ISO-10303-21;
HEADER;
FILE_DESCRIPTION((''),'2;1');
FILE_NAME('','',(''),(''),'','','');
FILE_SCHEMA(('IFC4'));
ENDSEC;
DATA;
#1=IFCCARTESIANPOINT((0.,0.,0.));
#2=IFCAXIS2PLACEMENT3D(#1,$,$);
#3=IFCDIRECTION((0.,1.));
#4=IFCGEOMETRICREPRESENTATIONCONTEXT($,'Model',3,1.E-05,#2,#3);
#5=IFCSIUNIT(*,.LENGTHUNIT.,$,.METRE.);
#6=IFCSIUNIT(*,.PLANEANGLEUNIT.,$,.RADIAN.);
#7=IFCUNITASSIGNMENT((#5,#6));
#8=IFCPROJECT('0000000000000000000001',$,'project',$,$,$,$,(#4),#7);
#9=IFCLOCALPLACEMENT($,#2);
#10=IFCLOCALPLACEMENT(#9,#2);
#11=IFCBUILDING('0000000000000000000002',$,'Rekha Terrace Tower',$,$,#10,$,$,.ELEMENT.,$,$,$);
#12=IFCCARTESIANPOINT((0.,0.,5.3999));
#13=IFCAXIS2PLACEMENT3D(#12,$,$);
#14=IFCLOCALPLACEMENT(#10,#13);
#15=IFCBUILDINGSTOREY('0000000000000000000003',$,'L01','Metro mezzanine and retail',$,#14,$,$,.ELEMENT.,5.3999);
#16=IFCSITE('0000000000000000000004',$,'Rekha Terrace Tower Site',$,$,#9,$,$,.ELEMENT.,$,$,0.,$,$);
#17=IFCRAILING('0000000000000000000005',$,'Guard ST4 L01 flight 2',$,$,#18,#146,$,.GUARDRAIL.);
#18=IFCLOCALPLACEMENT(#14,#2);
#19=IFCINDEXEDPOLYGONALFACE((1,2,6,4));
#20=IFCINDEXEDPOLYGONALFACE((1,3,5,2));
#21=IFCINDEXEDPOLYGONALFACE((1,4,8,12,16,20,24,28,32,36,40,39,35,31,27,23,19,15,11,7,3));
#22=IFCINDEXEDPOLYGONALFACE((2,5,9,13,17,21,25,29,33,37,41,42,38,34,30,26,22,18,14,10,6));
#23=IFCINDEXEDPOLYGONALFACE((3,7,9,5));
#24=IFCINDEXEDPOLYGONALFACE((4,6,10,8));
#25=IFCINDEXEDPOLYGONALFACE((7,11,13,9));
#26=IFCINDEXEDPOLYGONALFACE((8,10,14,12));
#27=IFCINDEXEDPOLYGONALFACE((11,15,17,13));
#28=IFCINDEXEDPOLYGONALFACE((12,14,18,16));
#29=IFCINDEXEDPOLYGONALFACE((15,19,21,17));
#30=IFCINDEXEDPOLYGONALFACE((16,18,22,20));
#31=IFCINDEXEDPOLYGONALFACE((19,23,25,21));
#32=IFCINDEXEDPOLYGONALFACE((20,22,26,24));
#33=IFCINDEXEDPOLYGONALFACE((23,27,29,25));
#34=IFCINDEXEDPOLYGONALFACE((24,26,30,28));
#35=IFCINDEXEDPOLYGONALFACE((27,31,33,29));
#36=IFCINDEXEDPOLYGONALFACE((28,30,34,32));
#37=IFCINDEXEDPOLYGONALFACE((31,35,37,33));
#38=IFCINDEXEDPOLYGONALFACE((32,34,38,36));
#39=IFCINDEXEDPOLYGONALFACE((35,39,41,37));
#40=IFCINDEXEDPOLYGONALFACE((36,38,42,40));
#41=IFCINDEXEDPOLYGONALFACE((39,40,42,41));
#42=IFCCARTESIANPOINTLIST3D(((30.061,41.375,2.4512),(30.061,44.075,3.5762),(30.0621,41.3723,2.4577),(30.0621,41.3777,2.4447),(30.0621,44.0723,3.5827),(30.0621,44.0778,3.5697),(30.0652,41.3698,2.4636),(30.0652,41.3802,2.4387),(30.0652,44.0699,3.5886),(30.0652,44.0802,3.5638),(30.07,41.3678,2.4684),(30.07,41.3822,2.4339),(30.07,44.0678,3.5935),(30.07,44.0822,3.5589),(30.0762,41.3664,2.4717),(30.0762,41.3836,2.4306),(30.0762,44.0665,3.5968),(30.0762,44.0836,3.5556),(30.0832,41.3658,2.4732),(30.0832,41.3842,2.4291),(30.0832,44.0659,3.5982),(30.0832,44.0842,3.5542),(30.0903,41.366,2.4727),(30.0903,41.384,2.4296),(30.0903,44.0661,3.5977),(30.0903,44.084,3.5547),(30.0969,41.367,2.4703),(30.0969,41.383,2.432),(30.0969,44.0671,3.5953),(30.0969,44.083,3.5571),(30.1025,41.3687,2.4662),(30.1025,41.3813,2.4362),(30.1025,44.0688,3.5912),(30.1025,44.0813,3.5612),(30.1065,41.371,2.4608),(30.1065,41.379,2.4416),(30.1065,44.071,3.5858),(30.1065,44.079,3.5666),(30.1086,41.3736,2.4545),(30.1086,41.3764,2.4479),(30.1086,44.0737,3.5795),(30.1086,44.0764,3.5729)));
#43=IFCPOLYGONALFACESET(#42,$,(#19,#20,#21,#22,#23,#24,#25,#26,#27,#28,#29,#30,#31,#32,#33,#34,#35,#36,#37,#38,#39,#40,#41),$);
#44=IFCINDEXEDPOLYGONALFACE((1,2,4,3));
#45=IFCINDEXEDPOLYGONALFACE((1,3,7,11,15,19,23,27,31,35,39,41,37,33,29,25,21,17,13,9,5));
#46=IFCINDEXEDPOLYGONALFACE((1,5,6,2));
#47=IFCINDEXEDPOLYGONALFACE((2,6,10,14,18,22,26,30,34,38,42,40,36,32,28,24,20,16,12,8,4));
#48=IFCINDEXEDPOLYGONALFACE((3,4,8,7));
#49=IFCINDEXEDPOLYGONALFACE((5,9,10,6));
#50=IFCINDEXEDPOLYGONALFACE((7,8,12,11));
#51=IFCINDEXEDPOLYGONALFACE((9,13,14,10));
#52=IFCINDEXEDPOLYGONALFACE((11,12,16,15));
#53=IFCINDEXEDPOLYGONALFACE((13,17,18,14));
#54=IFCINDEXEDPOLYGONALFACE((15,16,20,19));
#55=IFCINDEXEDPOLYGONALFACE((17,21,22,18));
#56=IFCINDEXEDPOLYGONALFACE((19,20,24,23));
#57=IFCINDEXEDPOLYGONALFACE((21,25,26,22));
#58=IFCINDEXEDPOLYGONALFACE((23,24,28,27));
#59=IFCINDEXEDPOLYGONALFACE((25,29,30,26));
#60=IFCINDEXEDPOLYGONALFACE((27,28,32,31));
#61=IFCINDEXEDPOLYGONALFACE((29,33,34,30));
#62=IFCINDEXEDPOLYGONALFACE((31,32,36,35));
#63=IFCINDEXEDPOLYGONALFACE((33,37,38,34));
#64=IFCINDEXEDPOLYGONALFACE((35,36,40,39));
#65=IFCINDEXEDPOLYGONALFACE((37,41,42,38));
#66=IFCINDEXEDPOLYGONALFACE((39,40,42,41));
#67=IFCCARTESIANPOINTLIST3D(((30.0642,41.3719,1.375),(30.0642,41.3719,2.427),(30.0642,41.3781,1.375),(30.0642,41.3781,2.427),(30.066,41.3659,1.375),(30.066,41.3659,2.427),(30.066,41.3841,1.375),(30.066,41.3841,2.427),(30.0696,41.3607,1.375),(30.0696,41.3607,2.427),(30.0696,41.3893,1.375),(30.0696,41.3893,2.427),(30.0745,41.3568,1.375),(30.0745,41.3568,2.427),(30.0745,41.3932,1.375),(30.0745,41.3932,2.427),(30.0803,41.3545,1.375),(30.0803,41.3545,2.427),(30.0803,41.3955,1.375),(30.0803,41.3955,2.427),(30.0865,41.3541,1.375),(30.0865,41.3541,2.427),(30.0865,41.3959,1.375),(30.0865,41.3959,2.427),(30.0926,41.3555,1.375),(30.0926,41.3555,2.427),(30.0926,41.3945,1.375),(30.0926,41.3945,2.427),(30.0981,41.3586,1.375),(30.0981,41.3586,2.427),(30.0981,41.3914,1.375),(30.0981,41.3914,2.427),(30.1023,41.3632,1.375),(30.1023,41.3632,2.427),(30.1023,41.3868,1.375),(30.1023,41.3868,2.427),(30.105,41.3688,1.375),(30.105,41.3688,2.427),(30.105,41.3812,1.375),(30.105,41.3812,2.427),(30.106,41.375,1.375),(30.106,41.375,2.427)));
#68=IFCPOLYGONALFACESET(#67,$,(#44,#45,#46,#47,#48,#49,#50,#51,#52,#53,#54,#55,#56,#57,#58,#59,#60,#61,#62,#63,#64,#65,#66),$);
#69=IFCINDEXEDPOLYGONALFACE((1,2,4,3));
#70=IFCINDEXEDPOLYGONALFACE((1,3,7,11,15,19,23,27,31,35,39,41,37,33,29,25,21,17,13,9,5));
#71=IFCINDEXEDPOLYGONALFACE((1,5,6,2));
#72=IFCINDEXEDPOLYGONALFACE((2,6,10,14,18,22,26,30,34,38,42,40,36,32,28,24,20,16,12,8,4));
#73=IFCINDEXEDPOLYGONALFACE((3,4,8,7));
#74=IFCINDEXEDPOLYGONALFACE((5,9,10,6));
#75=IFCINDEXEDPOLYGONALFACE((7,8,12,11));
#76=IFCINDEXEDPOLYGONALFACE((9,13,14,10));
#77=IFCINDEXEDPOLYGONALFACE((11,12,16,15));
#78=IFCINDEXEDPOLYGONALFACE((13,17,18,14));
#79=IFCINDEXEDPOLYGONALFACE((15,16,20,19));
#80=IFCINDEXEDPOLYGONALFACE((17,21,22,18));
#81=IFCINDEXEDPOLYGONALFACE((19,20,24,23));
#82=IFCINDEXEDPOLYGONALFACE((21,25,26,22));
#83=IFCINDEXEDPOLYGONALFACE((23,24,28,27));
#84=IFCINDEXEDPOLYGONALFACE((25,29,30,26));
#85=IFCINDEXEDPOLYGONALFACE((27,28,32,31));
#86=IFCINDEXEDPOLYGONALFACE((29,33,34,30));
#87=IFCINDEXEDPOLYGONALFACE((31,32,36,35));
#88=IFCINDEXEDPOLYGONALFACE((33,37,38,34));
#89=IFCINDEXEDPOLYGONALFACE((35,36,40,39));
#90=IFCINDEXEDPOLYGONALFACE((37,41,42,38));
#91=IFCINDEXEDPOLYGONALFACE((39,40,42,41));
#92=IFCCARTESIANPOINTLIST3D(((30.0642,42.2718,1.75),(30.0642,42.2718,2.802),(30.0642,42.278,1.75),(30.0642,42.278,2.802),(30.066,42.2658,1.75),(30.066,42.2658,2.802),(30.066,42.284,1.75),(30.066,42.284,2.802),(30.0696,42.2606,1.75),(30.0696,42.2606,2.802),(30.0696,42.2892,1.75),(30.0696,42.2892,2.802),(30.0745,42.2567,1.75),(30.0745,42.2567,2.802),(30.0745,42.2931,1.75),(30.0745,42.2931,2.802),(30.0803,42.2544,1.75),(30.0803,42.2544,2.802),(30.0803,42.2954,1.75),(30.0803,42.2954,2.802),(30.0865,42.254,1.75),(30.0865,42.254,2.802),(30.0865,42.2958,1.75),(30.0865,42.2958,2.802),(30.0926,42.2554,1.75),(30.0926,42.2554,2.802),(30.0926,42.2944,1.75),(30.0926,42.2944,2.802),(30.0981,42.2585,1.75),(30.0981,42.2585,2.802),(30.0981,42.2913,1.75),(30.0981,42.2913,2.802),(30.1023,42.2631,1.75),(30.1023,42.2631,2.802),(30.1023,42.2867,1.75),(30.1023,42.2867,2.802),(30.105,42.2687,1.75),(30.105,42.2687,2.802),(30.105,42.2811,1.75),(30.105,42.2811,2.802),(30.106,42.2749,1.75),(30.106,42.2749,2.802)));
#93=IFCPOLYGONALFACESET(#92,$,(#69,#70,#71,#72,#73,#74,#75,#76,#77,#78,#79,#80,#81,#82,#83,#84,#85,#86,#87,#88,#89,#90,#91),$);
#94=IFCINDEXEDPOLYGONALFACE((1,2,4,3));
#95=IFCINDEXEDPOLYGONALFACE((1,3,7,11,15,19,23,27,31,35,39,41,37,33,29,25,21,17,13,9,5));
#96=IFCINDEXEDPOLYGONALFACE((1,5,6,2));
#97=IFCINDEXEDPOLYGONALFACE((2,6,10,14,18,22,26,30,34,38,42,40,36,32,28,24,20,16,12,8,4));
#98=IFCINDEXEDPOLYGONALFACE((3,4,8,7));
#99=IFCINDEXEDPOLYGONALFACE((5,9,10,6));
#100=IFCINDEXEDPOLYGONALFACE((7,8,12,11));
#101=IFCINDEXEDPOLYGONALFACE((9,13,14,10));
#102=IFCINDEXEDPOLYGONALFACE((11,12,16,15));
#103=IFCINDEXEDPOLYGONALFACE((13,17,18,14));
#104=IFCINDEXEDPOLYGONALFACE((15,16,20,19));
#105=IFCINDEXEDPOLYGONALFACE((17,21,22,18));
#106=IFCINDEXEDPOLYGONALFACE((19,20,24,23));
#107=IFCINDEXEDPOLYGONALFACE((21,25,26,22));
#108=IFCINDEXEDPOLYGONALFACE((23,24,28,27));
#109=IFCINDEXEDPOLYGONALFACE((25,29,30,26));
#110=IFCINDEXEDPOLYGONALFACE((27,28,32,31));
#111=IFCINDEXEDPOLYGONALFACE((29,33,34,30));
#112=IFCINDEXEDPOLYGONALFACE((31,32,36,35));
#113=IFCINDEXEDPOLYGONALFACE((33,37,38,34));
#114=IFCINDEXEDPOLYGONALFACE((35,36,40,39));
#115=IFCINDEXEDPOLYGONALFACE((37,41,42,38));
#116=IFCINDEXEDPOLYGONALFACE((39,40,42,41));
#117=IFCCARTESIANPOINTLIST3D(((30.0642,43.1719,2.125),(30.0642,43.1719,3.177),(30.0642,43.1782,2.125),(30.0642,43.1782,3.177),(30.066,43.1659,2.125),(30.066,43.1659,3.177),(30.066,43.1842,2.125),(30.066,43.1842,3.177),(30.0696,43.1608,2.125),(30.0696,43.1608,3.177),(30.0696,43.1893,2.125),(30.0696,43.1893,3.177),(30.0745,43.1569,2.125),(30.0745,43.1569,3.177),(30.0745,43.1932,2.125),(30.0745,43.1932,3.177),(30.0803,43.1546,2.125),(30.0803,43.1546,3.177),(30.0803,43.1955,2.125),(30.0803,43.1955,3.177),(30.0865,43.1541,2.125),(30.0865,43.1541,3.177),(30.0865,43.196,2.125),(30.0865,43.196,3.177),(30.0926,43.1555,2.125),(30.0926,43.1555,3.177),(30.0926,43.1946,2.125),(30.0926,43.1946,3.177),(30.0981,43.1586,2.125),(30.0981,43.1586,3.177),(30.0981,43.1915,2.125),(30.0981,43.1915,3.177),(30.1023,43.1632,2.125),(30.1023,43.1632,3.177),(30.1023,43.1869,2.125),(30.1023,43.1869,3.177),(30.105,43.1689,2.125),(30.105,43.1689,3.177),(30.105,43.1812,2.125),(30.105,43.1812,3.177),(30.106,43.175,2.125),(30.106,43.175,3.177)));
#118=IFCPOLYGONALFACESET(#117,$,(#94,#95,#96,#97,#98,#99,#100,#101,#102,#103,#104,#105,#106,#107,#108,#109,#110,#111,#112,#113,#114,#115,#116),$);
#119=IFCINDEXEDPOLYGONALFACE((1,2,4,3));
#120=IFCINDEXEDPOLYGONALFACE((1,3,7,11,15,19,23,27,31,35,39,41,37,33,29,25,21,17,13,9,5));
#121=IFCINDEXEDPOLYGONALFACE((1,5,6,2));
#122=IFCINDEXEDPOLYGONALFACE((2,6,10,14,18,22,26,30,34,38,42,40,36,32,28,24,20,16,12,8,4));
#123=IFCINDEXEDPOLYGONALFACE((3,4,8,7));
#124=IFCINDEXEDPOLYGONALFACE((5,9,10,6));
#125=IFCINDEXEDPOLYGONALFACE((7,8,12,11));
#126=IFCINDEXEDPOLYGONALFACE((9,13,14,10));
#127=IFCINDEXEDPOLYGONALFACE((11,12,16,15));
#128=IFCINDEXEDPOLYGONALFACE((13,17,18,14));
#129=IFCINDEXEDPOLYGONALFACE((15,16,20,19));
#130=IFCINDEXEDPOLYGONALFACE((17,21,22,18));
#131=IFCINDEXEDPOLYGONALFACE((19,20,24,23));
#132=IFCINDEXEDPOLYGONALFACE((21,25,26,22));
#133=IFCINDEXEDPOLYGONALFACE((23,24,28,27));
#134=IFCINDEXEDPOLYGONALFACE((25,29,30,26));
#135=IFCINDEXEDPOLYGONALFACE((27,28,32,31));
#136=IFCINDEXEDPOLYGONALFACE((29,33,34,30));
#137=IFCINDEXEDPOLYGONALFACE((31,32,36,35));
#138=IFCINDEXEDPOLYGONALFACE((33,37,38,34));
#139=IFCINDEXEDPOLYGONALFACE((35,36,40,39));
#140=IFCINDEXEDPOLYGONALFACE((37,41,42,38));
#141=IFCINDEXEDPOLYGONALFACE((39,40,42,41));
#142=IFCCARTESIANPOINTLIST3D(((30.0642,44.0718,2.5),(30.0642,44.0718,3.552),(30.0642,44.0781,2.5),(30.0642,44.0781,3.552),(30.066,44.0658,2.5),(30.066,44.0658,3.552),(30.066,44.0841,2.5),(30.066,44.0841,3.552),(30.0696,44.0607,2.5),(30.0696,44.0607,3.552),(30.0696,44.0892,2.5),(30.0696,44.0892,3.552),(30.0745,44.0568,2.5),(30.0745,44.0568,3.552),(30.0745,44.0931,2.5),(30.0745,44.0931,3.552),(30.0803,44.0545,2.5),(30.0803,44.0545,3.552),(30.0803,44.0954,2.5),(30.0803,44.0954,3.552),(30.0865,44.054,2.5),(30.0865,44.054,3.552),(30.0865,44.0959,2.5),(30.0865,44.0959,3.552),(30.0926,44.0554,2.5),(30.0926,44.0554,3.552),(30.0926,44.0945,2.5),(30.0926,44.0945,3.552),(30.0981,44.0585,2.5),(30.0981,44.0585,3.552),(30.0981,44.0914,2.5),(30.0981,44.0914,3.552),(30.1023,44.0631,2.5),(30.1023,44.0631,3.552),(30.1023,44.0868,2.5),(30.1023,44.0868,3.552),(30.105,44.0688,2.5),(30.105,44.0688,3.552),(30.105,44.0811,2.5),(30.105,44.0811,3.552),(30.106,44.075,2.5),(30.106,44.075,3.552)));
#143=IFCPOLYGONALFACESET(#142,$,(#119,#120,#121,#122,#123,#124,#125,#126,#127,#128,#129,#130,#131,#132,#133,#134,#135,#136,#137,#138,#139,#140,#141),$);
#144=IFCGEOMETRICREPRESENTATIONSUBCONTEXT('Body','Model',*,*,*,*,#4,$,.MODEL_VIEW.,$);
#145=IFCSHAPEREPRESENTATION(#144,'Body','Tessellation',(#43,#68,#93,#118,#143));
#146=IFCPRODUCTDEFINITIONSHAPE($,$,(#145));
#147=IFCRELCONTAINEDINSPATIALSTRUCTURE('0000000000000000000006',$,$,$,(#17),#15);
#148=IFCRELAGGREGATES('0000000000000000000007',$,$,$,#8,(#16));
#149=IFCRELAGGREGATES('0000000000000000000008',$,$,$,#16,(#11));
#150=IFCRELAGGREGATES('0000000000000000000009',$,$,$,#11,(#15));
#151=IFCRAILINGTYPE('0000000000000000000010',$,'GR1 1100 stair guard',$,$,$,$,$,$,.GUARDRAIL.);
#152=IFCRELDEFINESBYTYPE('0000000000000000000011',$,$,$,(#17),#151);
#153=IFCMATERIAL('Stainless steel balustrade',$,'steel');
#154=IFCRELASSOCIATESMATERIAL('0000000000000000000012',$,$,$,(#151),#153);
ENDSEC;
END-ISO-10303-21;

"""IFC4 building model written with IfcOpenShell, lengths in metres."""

from ifc_helpers import new_model, si_unit, direction, frame, origin, origin_2d, place, context, subcontext, project, spatial, circle, extrude, material, type_object, element, save


model = new_model("IFC4")

# Units and contexts
model_context = context("Model", 3, precision=1e-05, world=origin(), true_north=direction((0.0, 1.0)))
body_context = subcontext(model_context, "Body", "Model", "MODEL_VIEW")
ifc_project = project(units=[si_unit("LENGTHUNIT", "METRE"), si_unit("PLANEANGLEUNIT", "RADIAN")], contexts=[model_context])

# Site, building, storey
site_placement = place(None, origin())
site = spatial("IfcSite", under=ifc_project, at=site_placement, Name="Rekha Terrace Tower Site", CompositionType="ELEMENT", RefElevation=0.0)
building_placement = place(site_placement, origin())
building = spatial("IfcBuilding", under=site, at=building_placement, Name="Rekha Terrace Tower", CompositionType="ELEMENT")
storey_placement = place(building_placement, frame((0.0, 0.0, 5.3999)))
storey = spatial("IfcBuildingStorey", under=building, at=storey_placement, Name="L01", Description="Metro mezzanine and retail", CompositionType="ELEMENT", Elevation=5.3999)

# Railing
ifc_material_1 = material(Name="Stainless steel balustrade", Category="steel")
railing_type_1 = type_object("IfcRailingType", Name="GR1 1100 stair guard", PredefinedType="GUARDRAIL", material=ifc_material_1)
railing_1_placement = place(storey_placement, frame((30.085, 41.375, 1.375)))
element("IfcRailing", 1, at=railing_1_placement, inside=storey, type_object=railing_type_1, Name="Guard ST4 L01 flight 2", PredefinedType="GUARDRAIL", context=body_context, shape_type="SweptSolid", body=[
    extrude(circle(Radius=0.0239, at=origin_2d()), frame((0.0, 0.0, 1.0762), z_axis=(0.0, 0.923074, 0.384621), x_axis=(-1.0, 0.0, 0.0)), (0.0, 0.0, 1.0), 2.925),
    extrude(circle(Radius=0.021, at=origin_2d()), origin(), (0.0, 0.0, 1.0), 1.052),
    extrude(circle(Radius=0.021, at=origin_2d()), frame((0.0, 0.8999, 0.375)), (0.0, 0.0, 1.0), 1.052),
    extrude(circle(Radius=0.021, at=origin_2d()), frame((0.0, 1.8, 0.75)), (0.0, 0.0, 1.0), 1.052),
    extrude(circle(Radius=0.021, at=origin_2d()), frame((0.0, 2.7, 1.125)), (0.0, 0.0, 1.0), 1.052),
])

save(model, "model.ifc")
